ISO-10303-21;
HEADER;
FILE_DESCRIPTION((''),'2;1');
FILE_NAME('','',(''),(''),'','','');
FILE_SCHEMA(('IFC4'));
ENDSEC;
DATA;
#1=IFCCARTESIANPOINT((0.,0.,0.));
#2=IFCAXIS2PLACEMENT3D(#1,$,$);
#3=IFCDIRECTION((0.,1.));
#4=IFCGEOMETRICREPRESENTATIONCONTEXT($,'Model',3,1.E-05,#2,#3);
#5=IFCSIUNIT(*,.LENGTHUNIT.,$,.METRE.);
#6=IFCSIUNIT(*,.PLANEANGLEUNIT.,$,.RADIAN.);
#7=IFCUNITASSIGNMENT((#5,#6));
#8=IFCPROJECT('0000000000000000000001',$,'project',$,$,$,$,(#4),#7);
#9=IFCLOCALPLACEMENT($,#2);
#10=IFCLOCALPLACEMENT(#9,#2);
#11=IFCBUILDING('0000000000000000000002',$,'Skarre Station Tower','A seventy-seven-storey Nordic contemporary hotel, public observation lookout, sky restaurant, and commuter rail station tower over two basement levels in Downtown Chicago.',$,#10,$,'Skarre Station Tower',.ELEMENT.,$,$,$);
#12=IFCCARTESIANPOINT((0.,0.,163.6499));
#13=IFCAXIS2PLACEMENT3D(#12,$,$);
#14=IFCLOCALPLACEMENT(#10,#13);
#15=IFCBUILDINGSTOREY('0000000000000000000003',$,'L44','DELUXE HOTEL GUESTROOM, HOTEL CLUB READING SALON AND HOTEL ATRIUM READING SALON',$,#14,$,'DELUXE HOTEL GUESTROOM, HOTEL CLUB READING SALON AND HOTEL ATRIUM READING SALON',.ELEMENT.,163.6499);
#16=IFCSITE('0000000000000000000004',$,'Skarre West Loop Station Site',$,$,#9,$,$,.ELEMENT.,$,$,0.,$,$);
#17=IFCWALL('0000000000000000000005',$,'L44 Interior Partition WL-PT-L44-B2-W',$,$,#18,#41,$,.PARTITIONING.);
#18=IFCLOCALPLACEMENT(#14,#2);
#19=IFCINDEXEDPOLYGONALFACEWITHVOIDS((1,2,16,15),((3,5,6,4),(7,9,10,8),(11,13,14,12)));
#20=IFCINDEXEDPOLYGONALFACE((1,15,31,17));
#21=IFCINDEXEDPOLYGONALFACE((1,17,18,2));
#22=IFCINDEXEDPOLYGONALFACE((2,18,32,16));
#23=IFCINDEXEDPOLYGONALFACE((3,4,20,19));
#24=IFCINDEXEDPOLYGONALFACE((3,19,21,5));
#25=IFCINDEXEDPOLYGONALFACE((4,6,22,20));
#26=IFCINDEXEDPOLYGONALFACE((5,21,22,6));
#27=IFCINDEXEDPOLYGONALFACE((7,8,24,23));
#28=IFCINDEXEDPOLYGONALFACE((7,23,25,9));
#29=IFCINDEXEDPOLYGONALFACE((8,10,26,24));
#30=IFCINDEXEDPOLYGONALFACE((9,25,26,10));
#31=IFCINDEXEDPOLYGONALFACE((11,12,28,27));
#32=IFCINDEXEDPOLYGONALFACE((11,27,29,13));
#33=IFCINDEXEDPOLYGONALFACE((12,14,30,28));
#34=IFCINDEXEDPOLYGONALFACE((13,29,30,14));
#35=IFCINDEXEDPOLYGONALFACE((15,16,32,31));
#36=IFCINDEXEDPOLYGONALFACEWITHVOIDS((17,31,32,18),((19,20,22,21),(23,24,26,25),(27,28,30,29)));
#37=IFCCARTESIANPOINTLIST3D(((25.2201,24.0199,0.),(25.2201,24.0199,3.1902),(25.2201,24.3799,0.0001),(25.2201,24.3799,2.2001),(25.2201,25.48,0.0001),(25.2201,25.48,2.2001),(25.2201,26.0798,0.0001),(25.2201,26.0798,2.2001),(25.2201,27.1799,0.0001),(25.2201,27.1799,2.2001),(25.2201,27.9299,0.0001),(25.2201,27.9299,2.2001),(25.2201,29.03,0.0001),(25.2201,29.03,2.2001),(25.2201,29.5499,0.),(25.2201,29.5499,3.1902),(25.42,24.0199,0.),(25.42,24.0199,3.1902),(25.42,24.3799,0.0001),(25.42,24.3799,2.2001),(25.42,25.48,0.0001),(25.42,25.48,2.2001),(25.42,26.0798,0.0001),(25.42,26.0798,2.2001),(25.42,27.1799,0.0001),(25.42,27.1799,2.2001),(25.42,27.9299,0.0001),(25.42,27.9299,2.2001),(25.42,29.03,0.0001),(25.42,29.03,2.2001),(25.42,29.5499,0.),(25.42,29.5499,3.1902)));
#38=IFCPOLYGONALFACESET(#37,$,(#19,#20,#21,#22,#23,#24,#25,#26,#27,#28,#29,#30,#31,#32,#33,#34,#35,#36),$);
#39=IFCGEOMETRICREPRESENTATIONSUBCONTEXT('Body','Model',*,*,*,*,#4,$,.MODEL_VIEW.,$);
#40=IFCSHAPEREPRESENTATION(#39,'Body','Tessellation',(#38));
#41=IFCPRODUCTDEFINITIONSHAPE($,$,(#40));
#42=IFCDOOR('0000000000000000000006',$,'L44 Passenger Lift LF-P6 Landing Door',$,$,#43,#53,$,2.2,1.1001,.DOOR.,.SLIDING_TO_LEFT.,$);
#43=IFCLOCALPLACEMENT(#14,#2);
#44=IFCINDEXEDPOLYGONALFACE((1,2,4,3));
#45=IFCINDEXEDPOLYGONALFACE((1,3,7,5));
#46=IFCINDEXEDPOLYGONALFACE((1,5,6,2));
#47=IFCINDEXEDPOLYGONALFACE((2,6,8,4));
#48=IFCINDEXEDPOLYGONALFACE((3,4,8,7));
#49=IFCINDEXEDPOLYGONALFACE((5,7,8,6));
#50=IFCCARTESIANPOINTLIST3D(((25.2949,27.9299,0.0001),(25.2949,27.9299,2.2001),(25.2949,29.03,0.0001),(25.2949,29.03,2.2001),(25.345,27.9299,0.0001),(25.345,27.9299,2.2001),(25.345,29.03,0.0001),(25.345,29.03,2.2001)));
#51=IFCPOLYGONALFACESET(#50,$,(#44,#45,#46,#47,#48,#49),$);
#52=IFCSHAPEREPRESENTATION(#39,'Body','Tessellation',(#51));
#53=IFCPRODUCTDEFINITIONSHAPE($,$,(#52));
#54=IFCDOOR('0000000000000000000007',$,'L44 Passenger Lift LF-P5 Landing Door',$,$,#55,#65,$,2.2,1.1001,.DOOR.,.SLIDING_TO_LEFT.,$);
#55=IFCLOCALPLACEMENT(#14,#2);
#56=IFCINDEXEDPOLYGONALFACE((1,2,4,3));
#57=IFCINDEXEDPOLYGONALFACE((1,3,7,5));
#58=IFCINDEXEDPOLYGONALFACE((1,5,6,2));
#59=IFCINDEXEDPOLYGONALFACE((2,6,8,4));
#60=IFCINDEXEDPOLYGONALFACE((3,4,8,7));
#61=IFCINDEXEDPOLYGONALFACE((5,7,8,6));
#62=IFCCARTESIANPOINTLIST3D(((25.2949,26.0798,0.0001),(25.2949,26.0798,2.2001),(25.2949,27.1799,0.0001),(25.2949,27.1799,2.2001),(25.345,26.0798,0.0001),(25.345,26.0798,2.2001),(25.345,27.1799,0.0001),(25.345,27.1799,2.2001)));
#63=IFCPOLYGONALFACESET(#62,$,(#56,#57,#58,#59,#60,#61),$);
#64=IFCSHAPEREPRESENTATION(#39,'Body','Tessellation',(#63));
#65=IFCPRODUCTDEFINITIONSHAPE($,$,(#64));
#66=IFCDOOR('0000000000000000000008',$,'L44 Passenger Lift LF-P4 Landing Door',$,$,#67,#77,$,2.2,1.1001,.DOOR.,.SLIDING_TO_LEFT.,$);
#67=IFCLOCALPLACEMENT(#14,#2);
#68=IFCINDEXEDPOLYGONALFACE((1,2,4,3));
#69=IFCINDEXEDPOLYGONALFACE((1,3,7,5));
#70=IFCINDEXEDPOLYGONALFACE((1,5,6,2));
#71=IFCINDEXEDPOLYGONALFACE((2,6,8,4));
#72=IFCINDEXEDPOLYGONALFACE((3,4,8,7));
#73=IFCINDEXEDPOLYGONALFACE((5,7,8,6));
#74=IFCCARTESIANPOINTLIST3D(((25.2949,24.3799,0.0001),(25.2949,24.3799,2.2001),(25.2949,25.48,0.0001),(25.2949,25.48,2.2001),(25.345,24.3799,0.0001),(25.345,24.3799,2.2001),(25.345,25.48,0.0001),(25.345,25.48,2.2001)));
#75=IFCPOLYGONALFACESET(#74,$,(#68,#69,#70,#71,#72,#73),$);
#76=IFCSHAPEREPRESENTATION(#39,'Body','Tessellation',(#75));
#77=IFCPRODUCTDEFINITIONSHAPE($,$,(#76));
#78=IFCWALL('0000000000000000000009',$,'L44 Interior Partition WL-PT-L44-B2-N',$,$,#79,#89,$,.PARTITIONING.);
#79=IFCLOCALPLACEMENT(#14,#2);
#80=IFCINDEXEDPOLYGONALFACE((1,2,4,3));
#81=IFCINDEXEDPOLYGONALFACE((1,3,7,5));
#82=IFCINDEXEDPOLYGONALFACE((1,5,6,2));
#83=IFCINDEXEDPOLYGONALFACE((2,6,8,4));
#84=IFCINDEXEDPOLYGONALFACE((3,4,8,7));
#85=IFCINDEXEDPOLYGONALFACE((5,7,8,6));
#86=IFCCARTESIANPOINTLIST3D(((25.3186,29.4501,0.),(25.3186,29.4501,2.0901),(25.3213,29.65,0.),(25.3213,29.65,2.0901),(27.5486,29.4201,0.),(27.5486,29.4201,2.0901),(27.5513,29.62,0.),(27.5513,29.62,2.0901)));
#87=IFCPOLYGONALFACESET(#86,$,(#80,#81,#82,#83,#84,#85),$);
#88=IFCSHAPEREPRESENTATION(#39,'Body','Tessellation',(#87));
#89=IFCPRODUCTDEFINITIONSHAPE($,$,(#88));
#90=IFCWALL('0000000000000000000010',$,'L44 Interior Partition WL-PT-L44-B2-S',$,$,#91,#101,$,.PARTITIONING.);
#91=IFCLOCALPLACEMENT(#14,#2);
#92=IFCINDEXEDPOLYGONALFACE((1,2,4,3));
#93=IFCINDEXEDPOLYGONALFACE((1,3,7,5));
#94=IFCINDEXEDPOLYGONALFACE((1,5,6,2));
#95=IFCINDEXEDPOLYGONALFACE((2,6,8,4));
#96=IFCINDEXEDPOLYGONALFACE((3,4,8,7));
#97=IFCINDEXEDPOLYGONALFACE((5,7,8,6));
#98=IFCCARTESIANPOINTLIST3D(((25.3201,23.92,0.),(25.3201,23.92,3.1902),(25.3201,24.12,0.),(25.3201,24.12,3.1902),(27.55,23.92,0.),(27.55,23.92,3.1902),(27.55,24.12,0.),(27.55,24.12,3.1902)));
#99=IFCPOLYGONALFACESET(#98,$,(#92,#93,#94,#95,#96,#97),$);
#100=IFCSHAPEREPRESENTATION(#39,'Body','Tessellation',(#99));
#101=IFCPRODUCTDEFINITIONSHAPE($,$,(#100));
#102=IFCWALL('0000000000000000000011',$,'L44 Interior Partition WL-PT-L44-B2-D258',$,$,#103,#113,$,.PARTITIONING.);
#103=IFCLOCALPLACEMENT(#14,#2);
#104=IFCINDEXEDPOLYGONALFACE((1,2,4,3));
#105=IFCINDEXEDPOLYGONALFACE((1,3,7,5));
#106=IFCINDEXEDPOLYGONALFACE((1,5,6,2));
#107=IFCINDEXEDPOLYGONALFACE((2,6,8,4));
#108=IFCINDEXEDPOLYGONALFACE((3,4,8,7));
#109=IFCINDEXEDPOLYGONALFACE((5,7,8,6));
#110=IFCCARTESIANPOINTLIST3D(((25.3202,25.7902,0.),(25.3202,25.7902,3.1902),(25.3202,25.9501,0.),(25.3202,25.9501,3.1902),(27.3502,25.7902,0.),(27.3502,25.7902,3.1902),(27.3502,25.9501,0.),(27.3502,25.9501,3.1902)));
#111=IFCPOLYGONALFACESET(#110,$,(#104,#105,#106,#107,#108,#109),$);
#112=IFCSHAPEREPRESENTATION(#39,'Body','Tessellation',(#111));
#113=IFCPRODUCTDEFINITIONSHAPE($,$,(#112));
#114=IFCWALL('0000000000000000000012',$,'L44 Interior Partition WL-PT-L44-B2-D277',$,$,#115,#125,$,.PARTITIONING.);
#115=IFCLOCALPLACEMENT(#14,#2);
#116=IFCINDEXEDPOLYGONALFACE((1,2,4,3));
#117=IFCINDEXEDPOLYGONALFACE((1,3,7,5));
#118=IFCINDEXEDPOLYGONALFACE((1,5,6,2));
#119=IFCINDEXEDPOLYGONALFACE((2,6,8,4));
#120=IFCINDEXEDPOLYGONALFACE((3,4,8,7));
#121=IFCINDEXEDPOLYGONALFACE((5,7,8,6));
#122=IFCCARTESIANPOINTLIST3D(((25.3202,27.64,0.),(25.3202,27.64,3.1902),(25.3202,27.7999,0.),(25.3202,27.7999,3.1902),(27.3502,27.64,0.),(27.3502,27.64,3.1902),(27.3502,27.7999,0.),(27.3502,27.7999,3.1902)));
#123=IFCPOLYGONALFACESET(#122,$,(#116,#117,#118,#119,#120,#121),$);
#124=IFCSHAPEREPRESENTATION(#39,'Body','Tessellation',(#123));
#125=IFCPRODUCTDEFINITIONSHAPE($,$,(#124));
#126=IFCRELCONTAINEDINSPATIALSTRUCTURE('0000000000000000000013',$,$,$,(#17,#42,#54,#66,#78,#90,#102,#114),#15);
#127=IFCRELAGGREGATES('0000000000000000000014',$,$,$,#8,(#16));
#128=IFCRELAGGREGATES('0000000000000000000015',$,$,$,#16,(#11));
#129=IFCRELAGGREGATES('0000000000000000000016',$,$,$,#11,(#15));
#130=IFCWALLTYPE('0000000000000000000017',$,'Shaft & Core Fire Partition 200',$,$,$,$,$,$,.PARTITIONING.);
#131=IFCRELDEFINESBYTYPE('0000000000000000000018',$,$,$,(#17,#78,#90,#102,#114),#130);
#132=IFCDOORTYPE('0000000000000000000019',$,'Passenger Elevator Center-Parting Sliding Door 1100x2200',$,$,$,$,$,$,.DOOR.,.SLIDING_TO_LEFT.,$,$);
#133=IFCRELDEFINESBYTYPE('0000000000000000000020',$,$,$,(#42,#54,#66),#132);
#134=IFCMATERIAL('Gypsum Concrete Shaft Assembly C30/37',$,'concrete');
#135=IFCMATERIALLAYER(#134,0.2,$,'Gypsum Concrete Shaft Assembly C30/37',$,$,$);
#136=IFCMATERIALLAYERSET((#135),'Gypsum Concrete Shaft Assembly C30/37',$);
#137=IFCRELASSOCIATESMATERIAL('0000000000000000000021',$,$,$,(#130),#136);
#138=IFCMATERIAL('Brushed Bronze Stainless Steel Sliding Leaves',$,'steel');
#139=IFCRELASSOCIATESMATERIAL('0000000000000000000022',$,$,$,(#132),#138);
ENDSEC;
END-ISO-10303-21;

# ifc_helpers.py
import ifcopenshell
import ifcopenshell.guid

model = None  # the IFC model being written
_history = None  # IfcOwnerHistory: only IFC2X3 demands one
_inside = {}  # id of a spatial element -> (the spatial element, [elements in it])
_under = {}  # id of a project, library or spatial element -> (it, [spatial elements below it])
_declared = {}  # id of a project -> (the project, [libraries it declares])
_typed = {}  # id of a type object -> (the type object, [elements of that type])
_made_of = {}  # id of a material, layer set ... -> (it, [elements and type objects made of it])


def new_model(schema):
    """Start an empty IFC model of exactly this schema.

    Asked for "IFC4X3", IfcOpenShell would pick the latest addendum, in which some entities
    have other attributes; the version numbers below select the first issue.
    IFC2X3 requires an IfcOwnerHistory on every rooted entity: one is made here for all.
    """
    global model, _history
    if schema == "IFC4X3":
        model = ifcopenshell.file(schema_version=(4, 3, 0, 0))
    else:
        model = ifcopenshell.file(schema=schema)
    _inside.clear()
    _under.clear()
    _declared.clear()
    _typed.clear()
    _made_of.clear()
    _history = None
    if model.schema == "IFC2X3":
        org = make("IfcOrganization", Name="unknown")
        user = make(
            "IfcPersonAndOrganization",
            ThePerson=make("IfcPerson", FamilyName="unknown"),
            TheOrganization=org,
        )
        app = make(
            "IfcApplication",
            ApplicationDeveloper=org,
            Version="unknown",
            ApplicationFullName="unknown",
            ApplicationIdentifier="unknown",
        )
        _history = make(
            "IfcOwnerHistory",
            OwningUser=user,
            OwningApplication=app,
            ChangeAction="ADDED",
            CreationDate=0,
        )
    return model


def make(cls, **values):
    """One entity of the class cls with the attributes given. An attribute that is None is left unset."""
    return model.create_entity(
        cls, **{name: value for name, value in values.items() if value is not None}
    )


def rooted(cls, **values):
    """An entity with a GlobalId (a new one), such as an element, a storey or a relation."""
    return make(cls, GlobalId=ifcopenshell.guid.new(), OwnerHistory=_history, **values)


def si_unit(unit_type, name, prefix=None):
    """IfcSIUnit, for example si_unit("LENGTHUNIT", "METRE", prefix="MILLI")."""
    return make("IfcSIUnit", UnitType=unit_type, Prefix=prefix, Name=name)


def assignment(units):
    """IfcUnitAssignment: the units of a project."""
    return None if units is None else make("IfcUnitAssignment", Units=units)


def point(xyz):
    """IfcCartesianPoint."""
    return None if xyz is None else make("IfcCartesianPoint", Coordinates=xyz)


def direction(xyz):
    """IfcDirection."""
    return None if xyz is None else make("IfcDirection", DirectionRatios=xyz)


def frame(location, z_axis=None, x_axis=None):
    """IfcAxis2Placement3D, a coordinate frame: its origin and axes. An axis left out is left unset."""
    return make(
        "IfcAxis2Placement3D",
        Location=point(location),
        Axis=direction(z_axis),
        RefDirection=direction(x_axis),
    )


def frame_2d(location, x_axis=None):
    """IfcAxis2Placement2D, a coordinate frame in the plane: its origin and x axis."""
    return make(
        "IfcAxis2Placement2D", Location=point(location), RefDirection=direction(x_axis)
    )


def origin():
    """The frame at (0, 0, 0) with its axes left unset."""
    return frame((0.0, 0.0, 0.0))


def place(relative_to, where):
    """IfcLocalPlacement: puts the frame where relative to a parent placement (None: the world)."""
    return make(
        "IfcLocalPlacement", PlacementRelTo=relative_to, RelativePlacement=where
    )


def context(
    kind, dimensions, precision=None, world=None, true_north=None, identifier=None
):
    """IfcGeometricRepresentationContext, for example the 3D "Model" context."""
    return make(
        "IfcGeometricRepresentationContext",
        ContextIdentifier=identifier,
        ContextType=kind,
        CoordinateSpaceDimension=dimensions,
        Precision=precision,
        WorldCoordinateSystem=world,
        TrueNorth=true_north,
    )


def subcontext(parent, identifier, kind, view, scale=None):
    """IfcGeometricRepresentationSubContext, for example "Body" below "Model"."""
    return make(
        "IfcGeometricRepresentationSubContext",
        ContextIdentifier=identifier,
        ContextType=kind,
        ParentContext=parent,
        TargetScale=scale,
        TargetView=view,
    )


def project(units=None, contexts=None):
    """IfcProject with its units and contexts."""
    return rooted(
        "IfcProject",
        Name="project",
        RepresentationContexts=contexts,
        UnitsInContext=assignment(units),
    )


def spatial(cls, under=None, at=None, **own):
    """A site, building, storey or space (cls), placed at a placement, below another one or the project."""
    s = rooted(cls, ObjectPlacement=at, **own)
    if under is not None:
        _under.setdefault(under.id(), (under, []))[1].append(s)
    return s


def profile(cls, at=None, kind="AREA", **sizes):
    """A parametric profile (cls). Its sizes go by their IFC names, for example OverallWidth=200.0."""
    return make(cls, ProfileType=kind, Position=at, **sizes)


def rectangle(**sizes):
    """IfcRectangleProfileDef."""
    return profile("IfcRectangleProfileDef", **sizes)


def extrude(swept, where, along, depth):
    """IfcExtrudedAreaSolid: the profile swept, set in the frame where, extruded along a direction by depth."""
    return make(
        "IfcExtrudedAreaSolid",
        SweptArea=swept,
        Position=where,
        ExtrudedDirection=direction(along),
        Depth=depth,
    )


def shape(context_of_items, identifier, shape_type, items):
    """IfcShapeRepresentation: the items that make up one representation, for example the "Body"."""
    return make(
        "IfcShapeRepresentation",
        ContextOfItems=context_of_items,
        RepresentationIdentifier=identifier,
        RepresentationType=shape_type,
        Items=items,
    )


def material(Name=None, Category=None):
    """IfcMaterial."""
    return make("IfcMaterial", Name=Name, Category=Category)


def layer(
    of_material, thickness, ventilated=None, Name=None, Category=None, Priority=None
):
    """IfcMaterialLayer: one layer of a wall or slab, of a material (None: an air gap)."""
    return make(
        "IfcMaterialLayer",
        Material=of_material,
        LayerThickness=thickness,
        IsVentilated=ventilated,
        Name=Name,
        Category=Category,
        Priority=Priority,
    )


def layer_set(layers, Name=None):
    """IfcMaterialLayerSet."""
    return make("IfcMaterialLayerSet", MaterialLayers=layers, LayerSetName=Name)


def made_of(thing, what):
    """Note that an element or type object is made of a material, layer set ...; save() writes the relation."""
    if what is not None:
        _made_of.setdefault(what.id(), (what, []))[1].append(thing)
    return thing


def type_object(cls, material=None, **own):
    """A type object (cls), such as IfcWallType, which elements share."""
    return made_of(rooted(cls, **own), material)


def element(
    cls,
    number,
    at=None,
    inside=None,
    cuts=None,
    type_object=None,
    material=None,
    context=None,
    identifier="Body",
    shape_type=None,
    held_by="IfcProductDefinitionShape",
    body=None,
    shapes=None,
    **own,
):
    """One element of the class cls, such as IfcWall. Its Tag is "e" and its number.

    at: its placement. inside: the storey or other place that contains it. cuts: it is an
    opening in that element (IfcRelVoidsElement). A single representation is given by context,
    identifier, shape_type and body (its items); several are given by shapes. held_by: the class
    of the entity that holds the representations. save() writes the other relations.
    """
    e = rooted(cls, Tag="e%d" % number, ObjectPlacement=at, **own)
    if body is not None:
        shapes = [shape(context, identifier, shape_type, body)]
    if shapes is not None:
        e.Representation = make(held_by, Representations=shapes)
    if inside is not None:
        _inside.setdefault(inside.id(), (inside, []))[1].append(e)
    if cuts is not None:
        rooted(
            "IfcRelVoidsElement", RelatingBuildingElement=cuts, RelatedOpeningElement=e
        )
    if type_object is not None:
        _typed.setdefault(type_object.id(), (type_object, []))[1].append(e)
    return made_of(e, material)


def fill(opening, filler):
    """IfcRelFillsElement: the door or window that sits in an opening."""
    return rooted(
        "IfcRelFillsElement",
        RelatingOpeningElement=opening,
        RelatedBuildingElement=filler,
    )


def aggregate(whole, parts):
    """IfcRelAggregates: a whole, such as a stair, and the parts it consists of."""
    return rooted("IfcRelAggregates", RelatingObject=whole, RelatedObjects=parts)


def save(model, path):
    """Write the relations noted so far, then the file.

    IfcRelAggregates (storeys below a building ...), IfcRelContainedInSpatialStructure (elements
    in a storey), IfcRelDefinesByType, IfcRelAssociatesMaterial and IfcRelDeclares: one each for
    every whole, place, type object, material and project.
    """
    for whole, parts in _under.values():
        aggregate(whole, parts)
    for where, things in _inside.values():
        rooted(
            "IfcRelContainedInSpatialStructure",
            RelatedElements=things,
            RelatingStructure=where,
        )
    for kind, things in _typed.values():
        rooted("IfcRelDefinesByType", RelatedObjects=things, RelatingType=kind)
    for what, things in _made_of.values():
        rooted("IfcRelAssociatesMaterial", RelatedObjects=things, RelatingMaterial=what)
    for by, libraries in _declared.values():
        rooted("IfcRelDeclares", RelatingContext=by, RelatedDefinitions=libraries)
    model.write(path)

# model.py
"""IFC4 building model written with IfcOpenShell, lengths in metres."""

from ifc_helpers import new_model, si_unit, direction, frame, frame_2d, origin, place, context, subcontext, project, spatial, rectangle, extrude, material, layer, layer_set, type_object, element, fill, save


model = new_model("IFC4")

# Units and contexts
model_context = context("Model", 3, precision=1e-05, world=origin(), true_north=direction((0.0, 1.0)))
body_context = subcontext(model_context, "Body", "Model", "MODEL_VIEW")
ifc_project = project(units=[si_unit("LENGTHUNIT", "METRE"), si_unit("PLANEANGLEUNIT", "RADIAN")], contexts=[model_context])

# Site, building, storey
site_placement = place(None, origin())
site = spatial("IfcSite", under=ifc_project, at=site_placement, Name="Skarre West Loop Station Site", CompositionType="ELEMENT", RefElevation=0.0)
building_placement = place(site_placement, origin())
building = spatial("IfcBuilding", under=site, at=building_placement, Name="Skarre Station Tower", Description="A seventy-seven-storey Nordic contemporary hotel, public observation lookout, sky restaurant, and commuter rail station tower over two basement levels in Downtown Chicago.", LongName="Skarre Station Tower", CompositionType="ELEMENT")
storey_placement = place(building_placement, frame((0.0, 0.0, 163.6499)))
storey = spatial("IfcBuildingStorey", under=building, at=storey_placement, Name="L44", Description="DELUXE HOTEL GUESTROOM, HOTEL CLUB READING SALON AND HOTEL ATRIUM READING SALON", LongName="DELUXE HOTEL GUESTROOM, HOTEL CLUB READING SALON AND HOTEL ATRIUM READING SALON", CompositionType="ELEMENT", Elevation=163.6499)

# Shared definitions
ifc_material_1 = material(Name="Gypsum Concrete Shaft Assembly C30/37", Category="concrete")
ifc_layer_1 = layer(ifc_material_1, 0.2, Name="Gypsum Concrete Shaft Assembly C30/37")
ifc_layer_set_1 = layer_set([ifc_layer_1], Name="Gypsum Concrete Shaft Assembly C30/37")
wall_type_1 = type_object("IfcWallType", Name="Shaft & Core Fire Partition 200", PredefinedType="PARTITIONING", material=ifc_layer_set_1)

# Wall, openings, doors
wall_1_placement = place(storey_placement, frame((25.3201, 29.55, 0.0), z_axis=(0.0, 0.0, 1.0), x_axis=(0.0, -1.0, 0.0)))
wall_1 = element("IfcWall", 1, at=wall_1_placement, inside=storey, type_object=wall_type_1, Name="L44 Interior Partition WL-PT-L44-B2-W", PredefinedType="PARTITIONING", context=body_context, shape_type="SweptSolid", body=[
    extrude(rectangle(XDim=5.53, YDim=0.2, at=frame_2d((2.7651, 0.0))), origin(), (0.0, 0.0, 1.0), 3.1902),
])
opening_1_placement = place(wall_1_placement, frame((0.52, 0.0, 0.0)))
opening_1 = element("IfcOpeningElement", 2, at=opening_1_placement, cuts=wall_1, PredefinedType="OPENING", context=body_context, shape_type="SweptSolid", body=[
    extrude(rectangle(XDim=1.1001, YDim=2.2, at=frame_2d((0.55, 1.1001))), frame((0.0, 0.1099, 0.0), z_axis=(0.0, -1.0, 0.0), x_axis=(1.0, 0.0, 0.0)), (0.0, 0.0, 1.0), 0.22),
])
opening_2_placement = place(wall_1_placement, frame((2.3701, 0.0, 0.0)))
opening_2 = element("IfcOpeningElement", 3, at=opening_2_placement, cuts=wall_1, PredefinedType="OPENING", context=body_context, shape_type="SweptSolid", body=[
    extrude(rectangle(XDim=1.1001, YDim=2.2, at=frame_2d((0.55, 1.1001))), frame((0.0, 0.1099, 0.0), z_axis=(0.0, -1.0, 0.0), x_axis=(1.0, 0.0, 0.0)), (0.0, 0.0, 1.0), 0.22),
])
opening_3_placement = place(wall_1_placement, frame((4.0701, 0.0, 0.0)))
opening_3 = element("IfcOpeningElement", 4, at=opening_3_placement, cuts=wall_1, PredefinedType="OPENING", context=body_context, shape_type="SweptSolid", body=[
    extrude(rectangle(XDim=1.1001, YDim=2.2, at=frame_2d((0.55, 1.1001))), frame((0.0, 0.1099, 0.0), z_axis=(0.0, -1.0, 0.0), x_axis=(1.0, 0.0, 0.0)), (0.0, 0.0, 1.0), 0.22),
])
ifc_material_2 = material(Name="Brushed Bronze Stainless Steel Sliding Leaves", Category="steel")
door_type_1 = type_object("IfcDoorType", Name="Passenger Elevator Center-Parting Sliding Door 1100x2200", OperationType="SLIDING_TO_LEFT", PredefinedType="DOOR", material=ifc_material_2)
door_1_placement = place(opening_1_placement, origin())
door_1 = element("IfcDoor", 5, at=door_1_placement, inside=storey, type_object=door_type_1, Name="L44 Passenger Lift LF-P6 Landing Door", OperationType="SLIDING_TO_LEFT", OverallHeight=2.2, OverallWidth=1.1001, PredefinedType="DOOR", context=body_context, shape_type="SweptSolid", body=[
    extrude(rectangle(XDim=1.1001, YDim=2.2, at=frame_2d((0.55, 1.1001))), frame((0.0, 0.0249, 0.0), z_axis=(0.0, -1.0, 0.0), x_axis=(1.0, 0.0, 0.0)), (0.0, 0.0, 1.0), 0.05),
])
fill(opening_1, door_1)
door_2_placement = place(opening_2_placement, origin())
door_2 = element("IfcDoor", 6, at=door_2_placement, inside=storey, type_object=door_type_1, Name="L44 Passenger Lift LF-P5 Landing Door", OperationType="SLIDING_TO_LEFT", OverallHeight=2.2, OverallWidth=1.1001, PredefinedType="DOOR", context=body_context, shape_type="SweptSolid", body=[
    extrude(rectangle(XDim=1.1001, YDim=2.2, at=frame_2d((0.55, 1.1001))), frame((0.0, 0.0249, 0.0), z_axis=(0.0, -1.0, 0.0), x_axis=(1.0, 0.0, 0.0)), (0.0, 0.0, 1.0), 0.05),
])
fill(opening_2, door_2)
door_3_placement = place(opening_3_placement, origin())
door_3 = element("IfcDoor", 7, at=door_3_placement, inside=storey, type_object=door_type_1, Name="L44 Passenger Lift LF-P4 Landing Door", OperationType="SLIDING_TO_LEFT", OverallHeight=2.2, OverallWidth=1.1001, PredefinedType="DOOR", context=body_context, shape_type="SweptSolid", body=[
    extrude(rectangle(XDim=1.1001, YDim=2.2, at=frame_2d((0.55, 1.1001))), frame((0.0, 0.0249, 0.0), z_axis=(0.0, -1.0, 0.0), x_axis=(1.0, 0.0, 0.0)), (0.0, 0.0, 1.0), 0.05),
])
fill(opening_3, door_3)

# Walls
wall_2_placement = place(storey_placement, frame((27.55, 29.52, 0.0), z_axis=(0.0, 0.0, 1.0), x_axis=(-0.999909, 0.013465, 0.0)))
element("IfcWall", 8, at=wall_2_placement, inside=storey, type_object=wall_type_1, Name="L44 Interior Partition WL-PT-L44-B2-N", PredefinedType="PARTITIONING", context=body_context, shape_type="SweptSolid", body=[
    extrude(rectangle(XDim=2.2302, YDim=0.2, at=frame_2d((1.1152, 0.0))), origin(), (0.0, 0.0, 1.0), 2.0901),
])
wall_3_placement = place(storey_placement, frame((25.3201, 24.02, 0.0), z_axis=(0.0, 0.0, 1.0), x_axis=(1.0, 0.0, 0.0)))
element("IfcWall", 9, at=wall_3_placement, inside=storey, type_object=wall_type_1, Name="L44 Interior Partition WL-PT-L44-B2-S", PredefinedType="PARTITIONING", context=body_context, shape_type="SweptSolid", body=[
    extrude(rectangle(XDim=2.23, YDim=0.2, at=frame_2d((1.115, 0.0))), origin(), (0.0, 0.0, 1.0), 3.1902),
])
for number, where, z_axis, x_axis, name in (
    (10, (25.3201, 25.8701, 0.0), (0.0, 0.0, 1.0), (1.0, 0.0, 0.0), "L44 Interior Partition WL-PT-L44-B2-D258"),
    (11, (25.3201, 27.72, 0.0), (0.0, 0.0, 1.0), (1.0, 0.0, 0.0), "L44 Interior Partition WL-PT-L44-B2-D277"),
):
    element("IfcWall", number, at=place(storey_placement, frame(where, z_axis=z_axis, x_axis=x_axis)), inside=storey, type_object=wall_type_1, Name=name, PredefinedType="PARTITIONING", context=body_context, shape_type="SweptSolid", body=[
        extrude(rectangle(XDim=2.03, YDim=0.1599, at=frame_2d((1.0151, 0.0))), origin(), (0.0, 0.0, 1.0), 3.1902),
    ])

save(model, "model.ifc")
